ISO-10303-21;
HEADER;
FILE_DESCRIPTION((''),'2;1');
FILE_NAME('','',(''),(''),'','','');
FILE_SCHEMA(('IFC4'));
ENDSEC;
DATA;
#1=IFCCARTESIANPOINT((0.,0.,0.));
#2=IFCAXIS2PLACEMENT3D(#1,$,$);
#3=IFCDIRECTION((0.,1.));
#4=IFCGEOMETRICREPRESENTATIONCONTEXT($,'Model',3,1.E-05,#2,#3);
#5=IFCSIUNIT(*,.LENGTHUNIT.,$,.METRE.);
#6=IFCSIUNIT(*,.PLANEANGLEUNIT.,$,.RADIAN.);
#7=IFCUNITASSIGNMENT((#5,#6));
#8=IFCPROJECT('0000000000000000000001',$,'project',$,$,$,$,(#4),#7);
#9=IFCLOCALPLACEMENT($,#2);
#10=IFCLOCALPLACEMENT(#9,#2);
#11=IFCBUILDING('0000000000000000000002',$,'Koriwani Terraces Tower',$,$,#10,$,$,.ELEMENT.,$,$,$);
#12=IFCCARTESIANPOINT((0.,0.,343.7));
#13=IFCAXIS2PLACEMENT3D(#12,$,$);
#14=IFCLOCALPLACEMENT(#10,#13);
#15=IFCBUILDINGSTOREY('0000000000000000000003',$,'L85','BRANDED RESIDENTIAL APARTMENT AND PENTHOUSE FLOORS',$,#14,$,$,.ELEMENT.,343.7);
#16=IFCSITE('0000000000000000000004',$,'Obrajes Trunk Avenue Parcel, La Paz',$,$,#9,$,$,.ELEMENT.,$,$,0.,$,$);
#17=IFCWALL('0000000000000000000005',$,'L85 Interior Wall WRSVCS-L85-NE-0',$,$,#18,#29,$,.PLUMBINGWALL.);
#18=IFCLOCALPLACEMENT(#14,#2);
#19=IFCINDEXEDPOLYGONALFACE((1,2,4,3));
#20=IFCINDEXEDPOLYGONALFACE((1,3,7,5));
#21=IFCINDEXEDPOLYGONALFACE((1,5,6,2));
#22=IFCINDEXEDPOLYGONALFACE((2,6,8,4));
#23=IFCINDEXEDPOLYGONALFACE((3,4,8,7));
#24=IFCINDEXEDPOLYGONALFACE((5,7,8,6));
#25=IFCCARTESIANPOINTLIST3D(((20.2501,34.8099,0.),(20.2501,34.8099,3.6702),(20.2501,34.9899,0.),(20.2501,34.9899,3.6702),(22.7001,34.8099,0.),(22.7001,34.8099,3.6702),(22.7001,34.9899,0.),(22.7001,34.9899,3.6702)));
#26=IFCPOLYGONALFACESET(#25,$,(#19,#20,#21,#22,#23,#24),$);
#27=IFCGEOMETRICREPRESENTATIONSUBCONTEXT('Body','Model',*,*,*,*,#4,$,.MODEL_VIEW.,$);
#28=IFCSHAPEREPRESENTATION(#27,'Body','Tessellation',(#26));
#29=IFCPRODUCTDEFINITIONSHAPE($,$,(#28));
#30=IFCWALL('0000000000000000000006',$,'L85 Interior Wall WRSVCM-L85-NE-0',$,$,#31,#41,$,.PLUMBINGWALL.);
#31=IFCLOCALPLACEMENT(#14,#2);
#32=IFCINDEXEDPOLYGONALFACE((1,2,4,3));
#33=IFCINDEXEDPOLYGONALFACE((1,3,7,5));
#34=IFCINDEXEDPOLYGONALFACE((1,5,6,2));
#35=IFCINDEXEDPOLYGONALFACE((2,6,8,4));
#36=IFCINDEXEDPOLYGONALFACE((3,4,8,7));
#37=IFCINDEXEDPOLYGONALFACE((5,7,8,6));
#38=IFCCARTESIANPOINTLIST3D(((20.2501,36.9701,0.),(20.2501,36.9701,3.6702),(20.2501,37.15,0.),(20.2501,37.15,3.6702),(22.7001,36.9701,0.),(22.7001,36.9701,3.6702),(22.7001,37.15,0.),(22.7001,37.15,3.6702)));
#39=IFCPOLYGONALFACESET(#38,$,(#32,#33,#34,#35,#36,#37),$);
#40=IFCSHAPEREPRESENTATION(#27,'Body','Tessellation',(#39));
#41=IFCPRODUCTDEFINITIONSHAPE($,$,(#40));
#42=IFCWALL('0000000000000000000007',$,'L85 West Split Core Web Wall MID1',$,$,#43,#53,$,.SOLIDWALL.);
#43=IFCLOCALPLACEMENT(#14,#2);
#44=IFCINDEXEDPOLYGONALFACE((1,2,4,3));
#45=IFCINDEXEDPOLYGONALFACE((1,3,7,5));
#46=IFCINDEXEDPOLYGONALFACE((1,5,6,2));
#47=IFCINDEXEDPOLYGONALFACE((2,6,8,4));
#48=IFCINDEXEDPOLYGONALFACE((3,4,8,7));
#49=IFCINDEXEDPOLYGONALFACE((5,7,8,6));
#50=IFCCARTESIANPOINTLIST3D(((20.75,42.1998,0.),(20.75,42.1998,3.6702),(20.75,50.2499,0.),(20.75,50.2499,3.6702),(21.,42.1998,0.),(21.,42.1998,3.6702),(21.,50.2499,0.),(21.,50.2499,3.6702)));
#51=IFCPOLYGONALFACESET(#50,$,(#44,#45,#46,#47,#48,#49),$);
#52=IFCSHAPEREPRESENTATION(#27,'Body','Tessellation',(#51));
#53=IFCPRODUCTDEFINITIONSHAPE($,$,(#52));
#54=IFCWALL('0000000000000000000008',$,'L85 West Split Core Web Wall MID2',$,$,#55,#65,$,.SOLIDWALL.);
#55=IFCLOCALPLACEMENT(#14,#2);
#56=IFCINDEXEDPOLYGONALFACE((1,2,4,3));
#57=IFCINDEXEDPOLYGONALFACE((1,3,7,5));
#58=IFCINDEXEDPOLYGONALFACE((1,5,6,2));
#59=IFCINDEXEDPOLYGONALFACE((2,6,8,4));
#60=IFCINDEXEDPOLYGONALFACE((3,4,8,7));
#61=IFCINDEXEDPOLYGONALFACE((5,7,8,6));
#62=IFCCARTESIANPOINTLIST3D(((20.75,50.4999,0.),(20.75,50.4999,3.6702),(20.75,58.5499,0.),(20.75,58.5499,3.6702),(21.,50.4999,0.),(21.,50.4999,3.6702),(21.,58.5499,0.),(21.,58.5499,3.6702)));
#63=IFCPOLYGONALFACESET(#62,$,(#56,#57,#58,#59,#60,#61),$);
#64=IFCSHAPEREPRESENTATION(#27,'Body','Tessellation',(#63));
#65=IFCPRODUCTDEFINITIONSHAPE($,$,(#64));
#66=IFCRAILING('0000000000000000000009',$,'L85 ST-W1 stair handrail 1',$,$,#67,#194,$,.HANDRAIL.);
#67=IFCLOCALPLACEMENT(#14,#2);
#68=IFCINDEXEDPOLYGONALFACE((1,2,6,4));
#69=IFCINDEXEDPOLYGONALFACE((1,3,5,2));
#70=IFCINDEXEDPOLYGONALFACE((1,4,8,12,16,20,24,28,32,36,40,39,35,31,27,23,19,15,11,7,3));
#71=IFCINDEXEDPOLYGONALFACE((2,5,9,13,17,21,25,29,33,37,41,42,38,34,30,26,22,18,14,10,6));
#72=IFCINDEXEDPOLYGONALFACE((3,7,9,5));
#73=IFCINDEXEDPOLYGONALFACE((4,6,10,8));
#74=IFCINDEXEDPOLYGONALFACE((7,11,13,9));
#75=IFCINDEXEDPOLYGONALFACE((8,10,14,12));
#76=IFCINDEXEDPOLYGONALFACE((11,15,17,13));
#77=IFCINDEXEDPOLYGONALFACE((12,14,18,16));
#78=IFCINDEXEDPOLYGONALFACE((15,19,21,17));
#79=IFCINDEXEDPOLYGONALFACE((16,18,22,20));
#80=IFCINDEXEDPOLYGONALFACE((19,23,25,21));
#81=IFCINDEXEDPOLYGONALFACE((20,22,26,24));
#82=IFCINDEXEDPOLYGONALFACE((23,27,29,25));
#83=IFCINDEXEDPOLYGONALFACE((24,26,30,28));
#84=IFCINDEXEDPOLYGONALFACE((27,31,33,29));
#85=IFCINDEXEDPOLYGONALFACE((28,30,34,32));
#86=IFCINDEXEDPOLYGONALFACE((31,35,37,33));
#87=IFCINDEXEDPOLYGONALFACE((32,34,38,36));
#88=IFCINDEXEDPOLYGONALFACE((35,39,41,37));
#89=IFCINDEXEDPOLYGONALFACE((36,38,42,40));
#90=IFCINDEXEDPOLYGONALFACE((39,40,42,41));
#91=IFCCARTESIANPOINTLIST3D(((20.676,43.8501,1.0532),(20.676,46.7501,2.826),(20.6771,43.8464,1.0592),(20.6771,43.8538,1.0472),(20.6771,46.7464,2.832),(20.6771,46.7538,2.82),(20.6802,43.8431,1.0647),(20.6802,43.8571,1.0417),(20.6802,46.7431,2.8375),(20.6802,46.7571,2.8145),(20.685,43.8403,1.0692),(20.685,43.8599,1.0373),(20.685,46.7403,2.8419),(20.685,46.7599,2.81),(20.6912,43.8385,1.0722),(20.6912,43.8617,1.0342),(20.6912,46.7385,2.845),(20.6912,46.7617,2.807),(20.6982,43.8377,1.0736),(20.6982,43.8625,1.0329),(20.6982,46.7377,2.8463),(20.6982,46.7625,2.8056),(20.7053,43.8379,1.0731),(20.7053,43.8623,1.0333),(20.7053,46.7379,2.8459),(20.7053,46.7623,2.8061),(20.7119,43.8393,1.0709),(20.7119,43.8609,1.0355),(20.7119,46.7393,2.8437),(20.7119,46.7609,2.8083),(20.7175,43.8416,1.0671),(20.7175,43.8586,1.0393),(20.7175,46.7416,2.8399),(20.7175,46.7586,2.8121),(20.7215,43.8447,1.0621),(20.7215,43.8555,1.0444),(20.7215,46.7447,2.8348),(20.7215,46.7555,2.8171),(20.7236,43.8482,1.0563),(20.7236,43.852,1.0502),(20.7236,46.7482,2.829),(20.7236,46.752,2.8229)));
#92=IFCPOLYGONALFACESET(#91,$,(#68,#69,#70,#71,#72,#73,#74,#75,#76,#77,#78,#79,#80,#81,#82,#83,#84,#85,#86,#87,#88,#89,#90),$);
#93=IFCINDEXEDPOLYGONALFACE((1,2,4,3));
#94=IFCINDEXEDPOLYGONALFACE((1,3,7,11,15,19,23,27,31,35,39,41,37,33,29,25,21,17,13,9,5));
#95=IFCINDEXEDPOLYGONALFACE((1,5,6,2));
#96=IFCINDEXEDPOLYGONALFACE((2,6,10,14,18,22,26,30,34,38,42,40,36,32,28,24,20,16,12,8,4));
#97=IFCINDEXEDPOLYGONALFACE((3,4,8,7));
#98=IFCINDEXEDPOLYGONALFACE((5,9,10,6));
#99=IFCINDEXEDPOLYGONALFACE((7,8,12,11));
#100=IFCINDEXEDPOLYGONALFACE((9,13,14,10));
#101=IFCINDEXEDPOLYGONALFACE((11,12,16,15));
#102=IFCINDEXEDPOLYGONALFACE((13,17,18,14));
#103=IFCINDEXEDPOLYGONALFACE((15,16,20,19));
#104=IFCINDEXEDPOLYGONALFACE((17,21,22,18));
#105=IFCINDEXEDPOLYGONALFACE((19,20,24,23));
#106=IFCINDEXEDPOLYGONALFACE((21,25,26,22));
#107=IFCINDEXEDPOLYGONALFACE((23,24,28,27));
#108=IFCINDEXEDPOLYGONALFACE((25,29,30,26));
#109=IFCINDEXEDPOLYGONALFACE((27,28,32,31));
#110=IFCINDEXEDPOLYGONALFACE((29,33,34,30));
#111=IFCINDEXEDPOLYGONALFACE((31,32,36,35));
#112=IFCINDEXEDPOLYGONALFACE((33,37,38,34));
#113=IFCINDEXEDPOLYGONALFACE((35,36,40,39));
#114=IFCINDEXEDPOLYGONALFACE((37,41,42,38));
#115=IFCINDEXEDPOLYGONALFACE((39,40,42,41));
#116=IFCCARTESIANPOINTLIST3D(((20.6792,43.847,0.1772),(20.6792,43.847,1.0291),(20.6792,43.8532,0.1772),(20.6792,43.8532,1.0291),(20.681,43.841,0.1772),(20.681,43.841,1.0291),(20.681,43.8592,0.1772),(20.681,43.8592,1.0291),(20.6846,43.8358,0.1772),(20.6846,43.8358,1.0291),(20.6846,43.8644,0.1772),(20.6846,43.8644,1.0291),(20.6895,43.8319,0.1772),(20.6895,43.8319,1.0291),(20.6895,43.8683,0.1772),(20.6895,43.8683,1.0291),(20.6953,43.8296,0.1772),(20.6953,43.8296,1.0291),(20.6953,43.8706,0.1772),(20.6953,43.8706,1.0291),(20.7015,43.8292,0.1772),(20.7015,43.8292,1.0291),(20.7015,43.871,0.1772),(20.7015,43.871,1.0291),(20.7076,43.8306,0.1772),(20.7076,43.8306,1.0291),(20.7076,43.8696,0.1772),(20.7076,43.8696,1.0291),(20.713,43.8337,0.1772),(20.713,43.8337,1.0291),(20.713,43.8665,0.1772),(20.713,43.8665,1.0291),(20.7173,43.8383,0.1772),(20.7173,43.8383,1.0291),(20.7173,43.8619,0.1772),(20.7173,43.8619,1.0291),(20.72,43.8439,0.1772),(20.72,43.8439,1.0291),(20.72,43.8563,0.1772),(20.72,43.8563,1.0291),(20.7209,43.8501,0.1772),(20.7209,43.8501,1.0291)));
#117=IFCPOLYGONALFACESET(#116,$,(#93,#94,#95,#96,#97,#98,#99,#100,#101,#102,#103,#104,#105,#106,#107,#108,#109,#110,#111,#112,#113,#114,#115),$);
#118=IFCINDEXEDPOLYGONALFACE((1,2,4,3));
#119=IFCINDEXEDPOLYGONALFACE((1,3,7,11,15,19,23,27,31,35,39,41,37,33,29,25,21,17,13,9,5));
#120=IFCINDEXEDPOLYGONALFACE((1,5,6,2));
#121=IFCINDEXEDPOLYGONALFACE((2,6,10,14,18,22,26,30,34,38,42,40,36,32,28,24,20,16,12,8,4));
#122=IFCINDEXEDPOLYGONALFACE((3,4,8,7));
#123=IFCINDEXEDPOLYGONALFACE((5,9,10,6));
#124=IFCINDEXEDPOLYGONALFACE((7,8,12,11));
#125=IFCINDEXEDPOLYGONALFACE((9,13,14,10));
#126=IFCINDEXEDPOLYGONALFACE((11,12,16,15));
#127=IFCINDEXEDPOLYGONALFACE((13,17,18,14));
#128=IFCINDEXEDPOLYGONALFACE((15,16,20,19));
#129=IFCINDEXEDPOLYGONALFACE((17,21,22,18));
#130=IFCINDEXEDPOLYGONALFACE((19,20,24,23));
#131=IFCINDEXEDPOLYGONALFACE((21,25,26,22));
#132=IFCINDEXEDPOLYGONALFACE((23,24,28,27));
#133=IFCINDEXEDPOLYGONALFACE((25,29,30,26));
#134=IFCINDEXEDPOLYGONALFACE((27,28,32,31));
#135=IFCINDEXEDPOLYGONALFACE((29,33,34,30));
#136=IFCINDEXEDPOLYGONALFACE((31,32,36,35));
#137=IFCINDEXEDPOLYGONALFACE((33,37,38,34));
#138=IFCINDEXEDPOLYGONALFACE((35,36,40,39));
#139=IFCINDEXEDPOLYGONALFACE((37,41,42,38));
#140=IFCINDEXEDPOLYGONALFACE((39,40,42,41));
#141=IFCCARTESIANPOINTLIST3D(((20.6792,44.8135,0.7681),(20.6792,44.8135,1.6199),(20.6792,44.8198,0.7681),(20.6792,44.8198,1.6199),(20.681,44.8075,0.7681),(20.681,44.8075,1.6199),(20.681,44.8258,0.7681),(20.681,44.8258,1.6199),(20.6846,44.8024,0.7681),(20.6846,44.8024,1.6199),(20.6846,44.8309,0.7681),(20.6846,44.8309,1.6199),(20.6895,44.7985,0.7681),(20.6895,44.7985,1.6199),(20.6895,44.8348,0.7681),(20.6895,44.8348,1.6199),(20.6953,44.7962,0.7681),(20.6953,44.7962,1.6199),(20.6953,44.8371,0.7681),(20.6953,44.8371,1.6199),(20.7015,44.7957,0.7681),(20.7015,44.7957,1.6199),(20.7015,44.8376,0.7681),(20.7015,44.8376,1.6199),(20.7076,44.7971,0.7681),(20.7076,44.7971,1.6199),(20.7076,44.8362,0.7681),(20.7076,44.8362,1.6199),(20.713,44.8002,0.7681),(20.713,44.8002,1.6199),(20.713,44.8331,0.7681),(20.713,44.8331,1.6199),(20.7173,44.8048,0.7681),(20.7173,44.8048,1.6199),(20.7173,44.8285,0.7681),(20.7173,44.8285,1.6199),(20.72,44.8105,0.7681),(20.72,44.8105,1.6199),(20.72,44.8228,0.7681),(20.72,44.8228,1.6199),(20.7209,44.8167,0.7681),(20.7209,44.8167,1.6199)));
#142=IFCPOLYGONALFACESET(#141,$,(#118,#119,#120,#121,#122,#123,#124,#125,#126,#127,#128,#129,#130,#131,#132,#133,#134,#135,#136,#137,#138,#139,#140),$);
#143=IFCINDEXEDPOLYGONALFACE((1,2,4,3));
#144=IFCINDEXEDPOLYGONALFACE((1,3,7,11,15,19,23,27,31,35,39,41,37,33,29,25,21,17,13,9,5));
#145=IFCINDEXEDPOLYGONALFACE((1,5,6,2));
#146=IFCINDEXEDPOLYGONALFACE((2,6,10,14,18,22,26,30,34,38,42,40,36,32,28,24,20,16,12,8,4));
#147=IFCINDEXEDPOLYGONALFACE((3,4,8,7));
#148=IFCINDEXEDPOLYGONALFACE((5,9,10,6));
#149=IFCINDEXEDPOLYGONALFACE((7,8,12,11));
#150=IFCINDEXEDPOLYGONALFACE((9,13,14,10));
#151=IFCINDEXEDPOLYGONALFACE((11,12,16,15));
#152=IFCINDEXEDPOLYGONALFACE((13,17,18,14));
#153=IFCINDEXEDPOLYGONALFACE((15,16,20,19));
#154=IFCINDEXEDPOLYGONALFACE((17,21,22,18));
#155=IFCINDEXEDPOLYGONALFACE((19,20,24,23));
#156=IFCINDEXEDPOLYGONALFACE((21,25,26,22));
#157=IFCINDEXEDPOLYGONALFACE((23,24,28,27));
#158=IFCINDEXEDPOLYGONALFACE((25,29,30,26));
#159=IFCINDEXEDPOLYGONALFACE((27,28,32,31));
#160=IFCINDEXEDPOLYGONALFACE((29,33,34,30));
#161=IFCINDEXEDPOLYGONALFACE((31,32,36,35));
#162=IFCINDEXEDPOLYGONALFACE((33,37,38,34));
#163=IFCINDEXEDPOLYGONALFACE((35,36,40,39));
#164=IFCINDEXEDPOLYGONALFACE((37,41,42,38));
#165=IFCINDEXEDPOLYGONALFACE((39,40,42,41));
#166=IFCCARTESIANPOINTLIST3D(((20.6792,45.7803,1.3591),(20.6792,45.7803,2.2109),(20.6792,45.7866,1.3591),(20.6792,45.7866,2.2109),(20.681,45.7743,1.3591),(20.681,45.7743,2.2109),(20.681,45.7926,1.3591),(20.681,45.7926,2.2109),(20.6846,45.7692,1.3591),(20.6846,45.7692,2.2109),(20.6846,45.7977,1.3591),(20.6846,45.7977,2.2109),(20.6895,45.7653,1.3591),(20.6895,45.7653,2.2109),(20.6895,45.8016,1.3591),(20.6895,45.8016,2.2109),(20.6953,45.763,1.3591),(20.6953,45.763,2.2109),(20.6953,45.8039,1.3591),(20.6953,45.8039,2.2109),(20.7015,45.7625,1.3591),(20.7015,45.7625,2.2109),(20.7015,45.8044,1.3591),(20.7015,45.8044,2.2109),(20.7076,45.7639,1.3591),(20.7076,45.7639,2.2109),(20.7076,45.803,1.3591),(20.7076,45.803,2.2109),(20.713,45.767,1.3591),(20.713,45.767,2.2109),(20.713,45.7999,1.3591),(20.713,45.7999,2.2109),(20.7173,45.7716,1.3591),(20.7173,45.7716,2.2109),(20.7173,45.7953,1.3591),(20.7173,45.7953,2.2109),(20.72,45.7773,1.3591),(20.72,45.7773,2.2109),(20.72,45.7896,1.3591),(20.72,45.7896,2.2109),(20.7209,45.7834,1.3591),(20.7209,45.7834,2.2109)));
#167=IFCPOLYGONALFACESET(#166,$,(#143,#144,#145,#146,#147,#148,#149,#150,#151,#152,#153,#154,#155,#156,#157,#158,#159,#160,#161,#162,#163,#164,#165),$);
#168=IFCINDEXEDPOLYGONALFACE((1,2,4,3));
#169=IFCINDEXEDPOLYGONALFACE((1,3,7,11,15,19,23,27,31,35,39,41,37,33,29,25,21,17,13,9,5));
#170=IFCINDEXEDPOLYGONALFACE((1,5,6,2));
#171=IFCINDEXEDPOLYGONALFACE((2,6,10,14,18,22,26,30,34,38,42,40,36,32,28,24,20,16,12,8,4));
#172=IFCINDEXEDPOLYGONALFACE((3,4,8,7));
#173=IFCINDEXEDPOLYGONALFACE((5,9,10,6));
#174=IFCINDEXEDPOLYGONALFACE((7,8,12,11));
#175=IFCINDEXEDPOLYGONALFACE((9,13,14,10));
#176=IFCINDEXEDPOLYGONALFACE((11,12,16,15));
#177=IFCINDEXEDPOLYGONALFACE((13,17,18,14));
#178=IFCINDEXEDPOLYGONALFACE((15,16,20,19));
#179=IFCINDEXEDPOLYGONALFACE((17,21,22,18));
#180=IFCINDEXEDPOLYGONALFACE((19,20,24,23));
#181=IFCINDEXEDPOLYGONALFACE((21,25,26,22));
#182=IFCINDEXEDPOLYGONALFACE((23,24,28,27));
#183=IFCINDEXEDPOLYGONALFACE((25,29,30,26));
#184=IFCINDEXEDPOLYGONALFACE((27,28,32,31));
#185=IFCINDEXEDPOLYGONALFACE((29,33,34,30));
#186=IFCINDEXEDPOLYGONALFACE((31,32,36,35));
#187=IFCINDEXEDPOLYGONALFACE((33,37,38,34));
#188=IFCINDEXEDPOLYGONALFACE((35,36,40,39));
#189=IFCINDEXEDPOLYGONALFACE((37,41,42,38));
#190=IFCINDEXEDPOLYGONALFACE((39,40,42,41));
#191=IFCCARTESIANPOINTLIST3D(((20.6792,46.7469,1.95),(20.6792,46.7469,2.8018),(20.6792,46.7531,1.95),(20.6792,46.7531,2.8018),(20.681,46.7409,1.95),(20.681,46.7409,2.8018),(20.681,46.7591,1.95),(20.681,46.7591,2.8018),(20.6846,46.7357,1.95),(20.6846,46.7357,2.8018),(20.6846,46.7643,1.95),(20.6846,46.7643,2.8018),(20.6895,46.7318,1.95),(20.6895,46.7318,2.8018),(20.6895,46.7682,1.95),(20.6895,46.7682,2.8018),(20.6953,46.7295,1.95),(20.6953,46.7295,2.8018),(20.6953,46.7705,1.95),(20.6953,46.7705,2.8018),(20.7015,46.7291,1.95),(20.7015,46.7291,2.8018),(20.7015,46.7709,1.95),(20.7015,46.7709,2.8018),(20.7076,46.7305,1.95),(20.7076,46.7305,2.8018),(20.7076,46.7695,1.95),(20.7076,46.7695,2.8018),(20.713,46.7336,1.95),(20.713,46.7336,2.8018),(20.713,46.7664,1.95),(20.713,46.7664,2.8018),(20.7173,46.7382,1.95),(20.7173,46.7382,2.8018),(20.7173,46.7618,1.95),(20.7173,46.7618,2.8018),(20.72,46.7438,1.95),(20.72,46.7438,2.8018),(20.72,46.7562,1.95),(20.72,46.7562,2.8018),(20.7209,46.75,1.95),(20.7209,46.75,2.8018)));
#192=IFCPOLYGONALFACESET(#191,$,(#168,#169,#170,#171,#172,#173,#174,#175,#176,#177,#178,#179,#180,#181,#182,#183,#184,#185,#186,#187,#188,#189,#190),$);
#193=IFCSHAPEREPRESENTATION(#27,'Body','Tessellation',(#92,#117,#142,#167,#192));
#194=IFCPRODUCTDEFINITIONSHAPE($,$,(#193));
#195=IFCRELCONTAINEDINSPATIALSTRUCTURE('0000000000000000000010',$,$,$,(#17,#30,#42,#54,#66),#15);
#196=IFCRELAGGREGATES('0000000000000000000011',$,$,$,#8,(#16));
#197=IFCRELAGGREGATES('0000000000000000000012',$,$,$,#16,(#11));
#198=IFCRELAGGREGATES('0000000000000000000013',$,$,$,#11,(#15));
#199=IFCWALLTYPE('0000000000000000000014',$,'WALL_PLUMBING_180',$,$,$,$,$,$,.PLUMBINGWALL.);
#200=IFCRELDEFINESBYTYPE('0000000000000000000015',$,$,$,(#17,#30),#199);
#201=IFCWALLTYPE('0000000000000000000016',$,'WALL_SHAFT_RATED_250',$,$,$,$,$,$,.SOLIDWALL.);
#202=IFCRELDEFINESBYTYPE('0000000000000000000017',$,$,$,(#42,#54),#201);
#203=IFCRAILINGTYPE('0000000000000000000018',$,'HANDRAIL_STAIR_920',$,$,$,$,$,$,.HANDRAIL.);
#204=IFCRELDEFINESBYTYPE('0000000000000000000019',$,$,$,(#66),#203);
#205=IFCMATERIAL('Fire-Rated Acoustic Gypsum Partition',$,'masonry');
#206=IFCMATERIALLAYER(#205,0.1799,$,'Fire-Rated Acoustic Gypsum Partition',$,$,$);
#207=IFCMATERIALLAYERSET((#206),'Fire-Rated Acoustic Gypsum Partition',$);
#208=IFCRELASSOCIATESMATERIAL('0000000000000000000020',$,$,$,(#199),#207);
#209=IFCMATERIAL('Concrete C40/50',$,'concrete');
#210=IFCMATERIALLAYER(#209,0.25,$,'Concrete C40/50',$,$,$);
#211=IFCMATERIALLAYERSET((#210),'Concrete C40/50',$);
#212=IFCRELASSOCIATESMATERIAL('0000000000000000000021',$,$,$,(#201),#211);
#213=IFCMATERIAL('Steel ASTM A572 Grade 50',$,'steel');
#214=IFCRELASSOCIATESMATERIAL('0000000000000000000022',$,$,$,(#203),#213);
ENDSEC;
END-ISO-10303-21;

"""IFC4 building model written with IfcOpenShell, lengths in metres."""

from ifc_helpers import new_model, si_unit, direction, frame, frame_2d, origin, origin_2d, place, context, subcontext, project, spatial, rectangle, circle, extrude, material, layer, layer_set, type_object, element, save


model = new_model("IFC4")

# Units and contexts
model_context = context("Model", 3, precision=1e-05, world=origin(), true_north=direction((0.0, 1.0)))
body_context = subcontext(model_context, "Body", "Model", "MODEL_VIEW")
ifc_project = project(units=[si_unit("LENGTHUNIT", "METRE"), si_unit("PLANEANGLEUNIT", "RADIAN")], contexts=[model_context])

# Site, building, storey
site_placement = place(None, origin())
site = spatial("IfcSite", under=ifc_project, at=site_placement, Name="Obrajes Trunk Avenue Parcel, La Paz", CompositionType="ELEMENT", RefElevation=0.0)
building_placement = place(site_placement, origin())
building = spatial("IfcBuilding", under=site, at=building_placement, Name="Koriwani Terraces Tower", CompositionType="ELEMENT")
storey_placement = place(building_placement, frame((0.0, 0.0, 343.7)))
storey = spatial("IfcBuildingStorey", under=building, at=storey_placement, Name="L85", Description="BRANDED RESIDENTIAL APARTMENT AND PENTHOUSE FLOORS", CompositionType="ELEMENT", Elevation=343.7)

# Shared definitions
ifc_material_1 = material(Name="Concrete C40/50", Category="concrete")

# Walls
ifc_material_2 = material(Name="Fire-Rated Acoustic Gypsum Partition", Category="masonry")
ifc_layer_1 = layer(ifc_material_2, 0.1799, Name="Fire-Rated Acoustic Gypsum Partition")
ifc_layer_set_1 = layer_set([ifc_layer_1], Name="Fire-Rated Acoustic Gypsum Partition")
wall_type_1 = type_object("IfcWallType", Name="WALL_PLUMBING_180", PredefinedType="PLUMBINGWALL", material=ifc_layer_set_1)
for number, where, z_axis, x_axis, name in (
    (1, (20.25, 34.8999, 0.0), (0.0, 0.0, 1.0), (1.0, 0.0, 0.0), "L85 Interior Wall WRSVCS-L85-NE-0"),
    (2, (20.25, 37.0601, 0.0), (0.0, 0.0, 1.0), (1.0, 0.0, 0.0), "L85 Interior Wall WRSVCM-L85-NE-0"),
):
    element("IfcWall", number, at=place(storey_placement, frame(where, z_axis=z_axis, x_axis=x_axis)), inside=storey, type_object=wall_type_1, Name=name, PredefinedType="PLUMBINGWALL", context=body_context, shape_type="SweptSolid", body=[
        extrude(rectangle(XDim=2.45, YDim=0.1799, at=frame_2d((1.2251, 0.0))), origin(), (0.0, 0.0, 1.0), 3.6702),
    ])
ifc_layer_2 = layer(ifc_material_1, 0.25, Name="Concrete C40/50")
ifc_layer_set_2 = layer_set([ifc_layer_2], Name="Concrete C40/50")
wall_type_2 = type_object("IfcWallType", Name="WALL_SHAFT_RATED_250", PredefinedType="SOLIDWALL", material=ifc_layer_set_2)
for number, where, z_axis, x_axis, name in (
    (3, (20.875, 42.2, 0.0), (0.0, 0.0, 1.0), (0.0, 1.0, 0.0), "L85 West Split Core Web Wall MID1"),
    (4, (20.875, 50.5, 0.0), (0.0, 0.0, 1.0), (0.0, 1.0, 0.0), "L85 West Split Core Web Wall MID2"),
):
    element("IfcWall", number, at=place(storey_placement, frame(where, z_axis=z_axis, x_axis=x_axis)), inside=storey, type_object=wall_type_2, Name=name, PredefinedType="SOLIDWALL", context=body_context, shape_type="SweptSolid", body=[
        extrude(rectangle(XDim=8.05, YDim=0.25, at=frame_2d((4.0249, 0.0))), origin(), (0.0, 0.0, 1.0), 3.6702),
    ])

# Shared definitions
ifc_material_3 = material(Name="Steel ASTM A572 Grade 50", Category="steel")

# Railing
railing_type = type_object("IfcRailingType", Name="HANDRAIL_STAIR_920", PredefinedType="HANDRAIL", material=ifc_material_3)
railing_placement = place(storey_placement, frame((20.7, 43.8501, 0.1772)))
element("IfcRailing", 5, at=railing_placement, inside=storey, type_object=railing_type, Name="L85 ST-W1 stair handrail 1", PredefinedType="HANDRAIL", context=body_context, shape_type="SweptSolid", body=[
    extrude(circle(Radius=0.0239, at=origin_2d()), frame((0.0, 0.0, 0.876), z_axis=(0.0, 0.853211, 0.521566), x_axis=(-1.0, 0.0, 0.0)), (0.0, 0.0, 1.0), 3.3989),
    extrude(circle(Radius=0.021, at=origin_2d()), origin(), (0.0, 0.0, 1.0), 0.8518),
    extrude(circle(Radius=0.021, at=origin_2d()), frame((0.0, 0.9666, 0.5908)), (0.0, 0.0, 1.0), 0.8518),
    extrude(circle(Radius=0.021, at=origin_2d()), frame((0.0, 1.9333, 1.1819)), (0.0, 0.0, 1.0), 0.8518),
    extrude(circle(Radius=0.021, at=origin_2d()), frame((0.0, 2.8999, 1.7727)), (0.0, 0.0, 1.0), 0.8518),
])

save(model, "model.ifc")
